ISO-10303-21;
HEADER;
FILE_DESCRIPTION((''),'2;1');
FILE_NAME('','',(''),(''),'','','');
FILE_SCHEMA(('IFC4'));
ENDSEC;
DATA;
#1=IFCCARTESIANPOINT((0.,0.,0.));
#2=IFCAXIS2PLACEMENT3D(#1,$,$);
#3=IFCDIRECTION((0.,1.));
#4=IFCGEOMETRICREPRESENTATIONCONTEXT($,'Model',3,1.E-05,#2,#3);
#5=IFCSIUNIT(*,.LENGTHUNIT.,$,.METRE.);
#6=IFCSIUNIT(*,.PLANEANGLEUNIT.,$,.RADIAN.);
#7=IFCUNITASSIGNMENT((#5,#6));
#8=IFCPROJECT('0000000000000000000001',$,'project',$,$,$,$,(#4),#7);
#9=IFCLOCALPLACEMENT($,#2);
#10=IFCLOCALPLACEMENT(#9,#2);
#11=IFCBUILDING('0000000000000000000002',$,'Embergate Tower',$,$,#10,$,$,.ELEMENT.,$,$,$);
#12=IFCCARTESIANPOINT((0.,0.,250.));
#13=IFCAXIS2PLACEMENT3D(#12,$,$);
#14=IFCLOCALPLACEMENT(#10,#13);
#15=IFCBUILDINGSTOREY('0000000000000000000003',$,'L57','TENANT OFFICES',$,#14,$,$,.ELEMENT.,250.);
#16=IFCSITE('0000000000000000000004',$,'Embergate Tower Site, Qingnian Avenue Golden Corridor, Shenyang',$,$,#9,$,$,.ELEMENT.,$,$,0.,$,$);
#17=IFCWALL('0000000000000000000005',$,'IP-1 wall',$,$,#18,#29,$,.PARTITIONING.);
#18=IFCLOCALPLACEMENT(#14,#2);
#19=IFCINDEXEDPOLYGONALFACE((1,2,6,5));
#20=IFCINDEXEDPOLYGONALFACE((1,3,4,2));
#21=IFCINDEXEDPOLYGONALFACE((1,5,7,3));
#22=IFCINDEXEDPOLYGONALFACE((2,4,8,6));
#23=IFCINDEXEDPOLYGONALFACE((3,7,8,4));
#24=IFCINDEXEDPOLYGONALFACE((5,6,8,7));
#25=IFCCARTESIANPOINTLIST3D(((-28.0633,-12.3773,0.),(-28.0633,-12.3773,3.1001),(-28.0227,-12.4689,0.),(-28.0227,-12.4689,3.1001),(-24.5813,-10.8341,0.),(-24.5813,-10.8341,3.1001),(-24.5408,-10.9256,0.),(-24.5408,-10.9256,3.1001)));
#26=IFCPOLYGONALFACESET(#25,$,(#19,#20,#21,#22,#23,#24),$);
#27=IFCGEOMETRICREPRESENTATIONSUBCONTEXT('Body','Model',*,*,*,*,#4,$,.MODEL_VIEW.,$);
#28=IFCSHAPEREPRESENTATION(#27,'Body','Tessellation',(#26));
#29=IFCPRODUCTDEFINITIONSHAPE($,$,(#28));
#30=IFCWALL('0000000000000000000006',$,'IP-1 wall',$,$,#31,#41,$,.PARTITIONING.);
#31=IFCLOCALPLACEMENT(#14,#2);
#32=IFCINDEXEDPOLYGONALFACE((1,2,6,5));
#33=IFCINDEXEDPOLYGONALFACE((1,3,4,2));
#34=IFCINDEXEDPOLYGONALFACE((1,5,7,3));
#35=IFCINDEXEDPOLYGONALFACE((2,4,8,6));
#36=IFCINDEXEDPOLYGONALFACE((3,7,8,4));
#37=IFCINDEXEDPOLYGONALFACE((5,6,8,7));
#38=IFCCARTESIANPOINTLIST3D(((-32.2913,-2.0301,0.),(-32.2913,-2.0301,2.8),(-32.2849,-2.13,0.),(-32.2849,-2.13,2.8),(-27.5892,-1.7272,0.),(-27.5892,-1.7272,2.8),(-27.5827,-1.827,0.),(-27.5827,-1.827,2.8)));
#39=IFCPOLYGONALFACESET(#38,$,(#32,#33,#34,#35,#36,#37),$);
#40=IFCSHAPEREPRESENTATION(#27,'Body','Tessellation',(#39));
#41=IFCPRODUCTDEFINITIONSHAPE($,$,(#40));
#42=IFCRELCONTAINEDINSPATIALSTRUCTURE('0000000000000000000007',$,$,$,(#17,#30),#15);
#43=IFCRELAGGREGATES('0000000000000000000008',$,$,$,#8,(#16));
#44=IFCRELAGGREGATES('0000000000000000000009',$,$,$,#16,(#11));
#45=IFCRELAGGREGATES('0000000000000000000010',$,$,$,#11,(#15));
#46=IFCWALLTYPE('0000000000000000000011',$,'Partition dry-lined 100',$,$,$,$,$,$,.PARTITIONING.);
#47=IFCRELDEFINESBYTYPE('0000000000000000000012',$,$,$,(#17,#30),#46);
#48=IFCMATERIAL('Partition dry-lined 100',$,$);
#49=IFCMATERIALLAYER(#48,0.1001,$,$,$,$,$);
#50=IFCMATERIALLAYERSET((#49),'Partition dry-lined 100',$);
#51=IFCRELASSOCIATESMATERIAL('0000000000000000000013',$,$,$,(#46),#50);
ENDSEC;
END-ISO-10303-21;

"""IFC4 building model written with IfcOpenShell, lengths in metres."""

from ifc_helpers import new_model, si_unit, direction, frame, frame_2d, origin, place, context, subcontext, project, spatial, rectangle, extrude, source, transform, mapped, material, layer, layer_set, type_object, element, save


model = new_model("IFC4")

# Units and contexts
model_context = context("Model", 3, precision=1e-05, world=origin(), true_north=direction((0.0, 1.0)))
body_context = subcontext(model_context, "Body", "Model", "MODEL_VIEW")
ifc_project = project(units=[si_unit("LENGTHUNIT", "METRE"), si_unit("PLANEANGLEUNIT", "RADIAN")], contexts=[model_context])

# Site, building, storey
site_placement = place(None, origin())
site = spatial("IfcSite", under=ifc_project, at=site_placement, Name="Embergate Tower Site, Qingnian Avenue Golden Corridor, Shenyang", CompositionType="ELEMENT", RefElevation=0.0)
building_placement = place(site_placement, origin())
building = spatial("IfcBuilding", under=site, at=building_placement, Name="Embergate Tower", CompositionType="ELEMENT")
storey_placement = place(building_placement, frame((0.0, 0.0, 250.0)))
storey = spatial("IfcBuildingStorey", under=building, at=storey_placement, Name="L57", Description="TENANT OFFICES", CompositionType="ELEMENT", Elevation=250.0)

# Walls
ifc_material_1 = material(Name="Partition dry-lined 100")
ifc_layer_1 = layer(ifc_material_1, 0.1001)
ifc_layer_set_1 = layer_set([ifc_layer_1], Name="Partition dry-lined 100")
wall_type_1 = type_object("IfcWallType", Name="Partition dry-lined 100", PredefinedType="PARTITIONING", material=ifc_layer_set_1)
shared_shape_1 = source(origin(), body_context, "Body", "SweptSolid", [
    extrude(rectangle(XDim=3.8086, YDim=0.1001, at=frame_2d((1.9043, 0.0))), origin(), (0.0, 0.0, 1.0), 3.1001),
])
wall_1_placement = place(storey_placement, frame((-24.561, -10.8799, 0.0), z_axis=(0.0, 0.0, 1.0), x_axis=(-0.914231, -0.405193, 0.0)))
element("IfcWall", 1, at=wall_1_placement, inside=storey, type_object=wall_type_1, Name="IP-1 wall", PredefinedType="PARTITIONING", context=body_context, shape_type="MappedRepresentation", body=[
    mapped(shared_shape_1, transform((0.0, 0.0, 0.0))),
])
shared_shape_2 = source(origin(), body_context, "Body", "SweptSolid", [
    extrude(rectangle(XDim=4.7119, YDim=0.1001, at=frame_2d((2.356, 0.0))), origin(), (0.0, 0.0, 1.0), 2.8),
])
wall_2_placement = place(storey_placement, frame((-27.5859, -1.7771, 0.0), z_axis=(0.0, 0.0, 1.0), x_axis=(-0.997931, -0.064301, 0.0)))
element("IfcWall", 2, at=wall_2_placement, inside=storey, type_object=wall_type_1, Name="IP-1 wall", PredefinedType="PARTITIONING", context=body_context, shape_type="MappedRepresentation", body=[
    mapped(shared_shape_2, transform((0.0, 0.0, 0.0))),
])

save(model, "model.ifc")
